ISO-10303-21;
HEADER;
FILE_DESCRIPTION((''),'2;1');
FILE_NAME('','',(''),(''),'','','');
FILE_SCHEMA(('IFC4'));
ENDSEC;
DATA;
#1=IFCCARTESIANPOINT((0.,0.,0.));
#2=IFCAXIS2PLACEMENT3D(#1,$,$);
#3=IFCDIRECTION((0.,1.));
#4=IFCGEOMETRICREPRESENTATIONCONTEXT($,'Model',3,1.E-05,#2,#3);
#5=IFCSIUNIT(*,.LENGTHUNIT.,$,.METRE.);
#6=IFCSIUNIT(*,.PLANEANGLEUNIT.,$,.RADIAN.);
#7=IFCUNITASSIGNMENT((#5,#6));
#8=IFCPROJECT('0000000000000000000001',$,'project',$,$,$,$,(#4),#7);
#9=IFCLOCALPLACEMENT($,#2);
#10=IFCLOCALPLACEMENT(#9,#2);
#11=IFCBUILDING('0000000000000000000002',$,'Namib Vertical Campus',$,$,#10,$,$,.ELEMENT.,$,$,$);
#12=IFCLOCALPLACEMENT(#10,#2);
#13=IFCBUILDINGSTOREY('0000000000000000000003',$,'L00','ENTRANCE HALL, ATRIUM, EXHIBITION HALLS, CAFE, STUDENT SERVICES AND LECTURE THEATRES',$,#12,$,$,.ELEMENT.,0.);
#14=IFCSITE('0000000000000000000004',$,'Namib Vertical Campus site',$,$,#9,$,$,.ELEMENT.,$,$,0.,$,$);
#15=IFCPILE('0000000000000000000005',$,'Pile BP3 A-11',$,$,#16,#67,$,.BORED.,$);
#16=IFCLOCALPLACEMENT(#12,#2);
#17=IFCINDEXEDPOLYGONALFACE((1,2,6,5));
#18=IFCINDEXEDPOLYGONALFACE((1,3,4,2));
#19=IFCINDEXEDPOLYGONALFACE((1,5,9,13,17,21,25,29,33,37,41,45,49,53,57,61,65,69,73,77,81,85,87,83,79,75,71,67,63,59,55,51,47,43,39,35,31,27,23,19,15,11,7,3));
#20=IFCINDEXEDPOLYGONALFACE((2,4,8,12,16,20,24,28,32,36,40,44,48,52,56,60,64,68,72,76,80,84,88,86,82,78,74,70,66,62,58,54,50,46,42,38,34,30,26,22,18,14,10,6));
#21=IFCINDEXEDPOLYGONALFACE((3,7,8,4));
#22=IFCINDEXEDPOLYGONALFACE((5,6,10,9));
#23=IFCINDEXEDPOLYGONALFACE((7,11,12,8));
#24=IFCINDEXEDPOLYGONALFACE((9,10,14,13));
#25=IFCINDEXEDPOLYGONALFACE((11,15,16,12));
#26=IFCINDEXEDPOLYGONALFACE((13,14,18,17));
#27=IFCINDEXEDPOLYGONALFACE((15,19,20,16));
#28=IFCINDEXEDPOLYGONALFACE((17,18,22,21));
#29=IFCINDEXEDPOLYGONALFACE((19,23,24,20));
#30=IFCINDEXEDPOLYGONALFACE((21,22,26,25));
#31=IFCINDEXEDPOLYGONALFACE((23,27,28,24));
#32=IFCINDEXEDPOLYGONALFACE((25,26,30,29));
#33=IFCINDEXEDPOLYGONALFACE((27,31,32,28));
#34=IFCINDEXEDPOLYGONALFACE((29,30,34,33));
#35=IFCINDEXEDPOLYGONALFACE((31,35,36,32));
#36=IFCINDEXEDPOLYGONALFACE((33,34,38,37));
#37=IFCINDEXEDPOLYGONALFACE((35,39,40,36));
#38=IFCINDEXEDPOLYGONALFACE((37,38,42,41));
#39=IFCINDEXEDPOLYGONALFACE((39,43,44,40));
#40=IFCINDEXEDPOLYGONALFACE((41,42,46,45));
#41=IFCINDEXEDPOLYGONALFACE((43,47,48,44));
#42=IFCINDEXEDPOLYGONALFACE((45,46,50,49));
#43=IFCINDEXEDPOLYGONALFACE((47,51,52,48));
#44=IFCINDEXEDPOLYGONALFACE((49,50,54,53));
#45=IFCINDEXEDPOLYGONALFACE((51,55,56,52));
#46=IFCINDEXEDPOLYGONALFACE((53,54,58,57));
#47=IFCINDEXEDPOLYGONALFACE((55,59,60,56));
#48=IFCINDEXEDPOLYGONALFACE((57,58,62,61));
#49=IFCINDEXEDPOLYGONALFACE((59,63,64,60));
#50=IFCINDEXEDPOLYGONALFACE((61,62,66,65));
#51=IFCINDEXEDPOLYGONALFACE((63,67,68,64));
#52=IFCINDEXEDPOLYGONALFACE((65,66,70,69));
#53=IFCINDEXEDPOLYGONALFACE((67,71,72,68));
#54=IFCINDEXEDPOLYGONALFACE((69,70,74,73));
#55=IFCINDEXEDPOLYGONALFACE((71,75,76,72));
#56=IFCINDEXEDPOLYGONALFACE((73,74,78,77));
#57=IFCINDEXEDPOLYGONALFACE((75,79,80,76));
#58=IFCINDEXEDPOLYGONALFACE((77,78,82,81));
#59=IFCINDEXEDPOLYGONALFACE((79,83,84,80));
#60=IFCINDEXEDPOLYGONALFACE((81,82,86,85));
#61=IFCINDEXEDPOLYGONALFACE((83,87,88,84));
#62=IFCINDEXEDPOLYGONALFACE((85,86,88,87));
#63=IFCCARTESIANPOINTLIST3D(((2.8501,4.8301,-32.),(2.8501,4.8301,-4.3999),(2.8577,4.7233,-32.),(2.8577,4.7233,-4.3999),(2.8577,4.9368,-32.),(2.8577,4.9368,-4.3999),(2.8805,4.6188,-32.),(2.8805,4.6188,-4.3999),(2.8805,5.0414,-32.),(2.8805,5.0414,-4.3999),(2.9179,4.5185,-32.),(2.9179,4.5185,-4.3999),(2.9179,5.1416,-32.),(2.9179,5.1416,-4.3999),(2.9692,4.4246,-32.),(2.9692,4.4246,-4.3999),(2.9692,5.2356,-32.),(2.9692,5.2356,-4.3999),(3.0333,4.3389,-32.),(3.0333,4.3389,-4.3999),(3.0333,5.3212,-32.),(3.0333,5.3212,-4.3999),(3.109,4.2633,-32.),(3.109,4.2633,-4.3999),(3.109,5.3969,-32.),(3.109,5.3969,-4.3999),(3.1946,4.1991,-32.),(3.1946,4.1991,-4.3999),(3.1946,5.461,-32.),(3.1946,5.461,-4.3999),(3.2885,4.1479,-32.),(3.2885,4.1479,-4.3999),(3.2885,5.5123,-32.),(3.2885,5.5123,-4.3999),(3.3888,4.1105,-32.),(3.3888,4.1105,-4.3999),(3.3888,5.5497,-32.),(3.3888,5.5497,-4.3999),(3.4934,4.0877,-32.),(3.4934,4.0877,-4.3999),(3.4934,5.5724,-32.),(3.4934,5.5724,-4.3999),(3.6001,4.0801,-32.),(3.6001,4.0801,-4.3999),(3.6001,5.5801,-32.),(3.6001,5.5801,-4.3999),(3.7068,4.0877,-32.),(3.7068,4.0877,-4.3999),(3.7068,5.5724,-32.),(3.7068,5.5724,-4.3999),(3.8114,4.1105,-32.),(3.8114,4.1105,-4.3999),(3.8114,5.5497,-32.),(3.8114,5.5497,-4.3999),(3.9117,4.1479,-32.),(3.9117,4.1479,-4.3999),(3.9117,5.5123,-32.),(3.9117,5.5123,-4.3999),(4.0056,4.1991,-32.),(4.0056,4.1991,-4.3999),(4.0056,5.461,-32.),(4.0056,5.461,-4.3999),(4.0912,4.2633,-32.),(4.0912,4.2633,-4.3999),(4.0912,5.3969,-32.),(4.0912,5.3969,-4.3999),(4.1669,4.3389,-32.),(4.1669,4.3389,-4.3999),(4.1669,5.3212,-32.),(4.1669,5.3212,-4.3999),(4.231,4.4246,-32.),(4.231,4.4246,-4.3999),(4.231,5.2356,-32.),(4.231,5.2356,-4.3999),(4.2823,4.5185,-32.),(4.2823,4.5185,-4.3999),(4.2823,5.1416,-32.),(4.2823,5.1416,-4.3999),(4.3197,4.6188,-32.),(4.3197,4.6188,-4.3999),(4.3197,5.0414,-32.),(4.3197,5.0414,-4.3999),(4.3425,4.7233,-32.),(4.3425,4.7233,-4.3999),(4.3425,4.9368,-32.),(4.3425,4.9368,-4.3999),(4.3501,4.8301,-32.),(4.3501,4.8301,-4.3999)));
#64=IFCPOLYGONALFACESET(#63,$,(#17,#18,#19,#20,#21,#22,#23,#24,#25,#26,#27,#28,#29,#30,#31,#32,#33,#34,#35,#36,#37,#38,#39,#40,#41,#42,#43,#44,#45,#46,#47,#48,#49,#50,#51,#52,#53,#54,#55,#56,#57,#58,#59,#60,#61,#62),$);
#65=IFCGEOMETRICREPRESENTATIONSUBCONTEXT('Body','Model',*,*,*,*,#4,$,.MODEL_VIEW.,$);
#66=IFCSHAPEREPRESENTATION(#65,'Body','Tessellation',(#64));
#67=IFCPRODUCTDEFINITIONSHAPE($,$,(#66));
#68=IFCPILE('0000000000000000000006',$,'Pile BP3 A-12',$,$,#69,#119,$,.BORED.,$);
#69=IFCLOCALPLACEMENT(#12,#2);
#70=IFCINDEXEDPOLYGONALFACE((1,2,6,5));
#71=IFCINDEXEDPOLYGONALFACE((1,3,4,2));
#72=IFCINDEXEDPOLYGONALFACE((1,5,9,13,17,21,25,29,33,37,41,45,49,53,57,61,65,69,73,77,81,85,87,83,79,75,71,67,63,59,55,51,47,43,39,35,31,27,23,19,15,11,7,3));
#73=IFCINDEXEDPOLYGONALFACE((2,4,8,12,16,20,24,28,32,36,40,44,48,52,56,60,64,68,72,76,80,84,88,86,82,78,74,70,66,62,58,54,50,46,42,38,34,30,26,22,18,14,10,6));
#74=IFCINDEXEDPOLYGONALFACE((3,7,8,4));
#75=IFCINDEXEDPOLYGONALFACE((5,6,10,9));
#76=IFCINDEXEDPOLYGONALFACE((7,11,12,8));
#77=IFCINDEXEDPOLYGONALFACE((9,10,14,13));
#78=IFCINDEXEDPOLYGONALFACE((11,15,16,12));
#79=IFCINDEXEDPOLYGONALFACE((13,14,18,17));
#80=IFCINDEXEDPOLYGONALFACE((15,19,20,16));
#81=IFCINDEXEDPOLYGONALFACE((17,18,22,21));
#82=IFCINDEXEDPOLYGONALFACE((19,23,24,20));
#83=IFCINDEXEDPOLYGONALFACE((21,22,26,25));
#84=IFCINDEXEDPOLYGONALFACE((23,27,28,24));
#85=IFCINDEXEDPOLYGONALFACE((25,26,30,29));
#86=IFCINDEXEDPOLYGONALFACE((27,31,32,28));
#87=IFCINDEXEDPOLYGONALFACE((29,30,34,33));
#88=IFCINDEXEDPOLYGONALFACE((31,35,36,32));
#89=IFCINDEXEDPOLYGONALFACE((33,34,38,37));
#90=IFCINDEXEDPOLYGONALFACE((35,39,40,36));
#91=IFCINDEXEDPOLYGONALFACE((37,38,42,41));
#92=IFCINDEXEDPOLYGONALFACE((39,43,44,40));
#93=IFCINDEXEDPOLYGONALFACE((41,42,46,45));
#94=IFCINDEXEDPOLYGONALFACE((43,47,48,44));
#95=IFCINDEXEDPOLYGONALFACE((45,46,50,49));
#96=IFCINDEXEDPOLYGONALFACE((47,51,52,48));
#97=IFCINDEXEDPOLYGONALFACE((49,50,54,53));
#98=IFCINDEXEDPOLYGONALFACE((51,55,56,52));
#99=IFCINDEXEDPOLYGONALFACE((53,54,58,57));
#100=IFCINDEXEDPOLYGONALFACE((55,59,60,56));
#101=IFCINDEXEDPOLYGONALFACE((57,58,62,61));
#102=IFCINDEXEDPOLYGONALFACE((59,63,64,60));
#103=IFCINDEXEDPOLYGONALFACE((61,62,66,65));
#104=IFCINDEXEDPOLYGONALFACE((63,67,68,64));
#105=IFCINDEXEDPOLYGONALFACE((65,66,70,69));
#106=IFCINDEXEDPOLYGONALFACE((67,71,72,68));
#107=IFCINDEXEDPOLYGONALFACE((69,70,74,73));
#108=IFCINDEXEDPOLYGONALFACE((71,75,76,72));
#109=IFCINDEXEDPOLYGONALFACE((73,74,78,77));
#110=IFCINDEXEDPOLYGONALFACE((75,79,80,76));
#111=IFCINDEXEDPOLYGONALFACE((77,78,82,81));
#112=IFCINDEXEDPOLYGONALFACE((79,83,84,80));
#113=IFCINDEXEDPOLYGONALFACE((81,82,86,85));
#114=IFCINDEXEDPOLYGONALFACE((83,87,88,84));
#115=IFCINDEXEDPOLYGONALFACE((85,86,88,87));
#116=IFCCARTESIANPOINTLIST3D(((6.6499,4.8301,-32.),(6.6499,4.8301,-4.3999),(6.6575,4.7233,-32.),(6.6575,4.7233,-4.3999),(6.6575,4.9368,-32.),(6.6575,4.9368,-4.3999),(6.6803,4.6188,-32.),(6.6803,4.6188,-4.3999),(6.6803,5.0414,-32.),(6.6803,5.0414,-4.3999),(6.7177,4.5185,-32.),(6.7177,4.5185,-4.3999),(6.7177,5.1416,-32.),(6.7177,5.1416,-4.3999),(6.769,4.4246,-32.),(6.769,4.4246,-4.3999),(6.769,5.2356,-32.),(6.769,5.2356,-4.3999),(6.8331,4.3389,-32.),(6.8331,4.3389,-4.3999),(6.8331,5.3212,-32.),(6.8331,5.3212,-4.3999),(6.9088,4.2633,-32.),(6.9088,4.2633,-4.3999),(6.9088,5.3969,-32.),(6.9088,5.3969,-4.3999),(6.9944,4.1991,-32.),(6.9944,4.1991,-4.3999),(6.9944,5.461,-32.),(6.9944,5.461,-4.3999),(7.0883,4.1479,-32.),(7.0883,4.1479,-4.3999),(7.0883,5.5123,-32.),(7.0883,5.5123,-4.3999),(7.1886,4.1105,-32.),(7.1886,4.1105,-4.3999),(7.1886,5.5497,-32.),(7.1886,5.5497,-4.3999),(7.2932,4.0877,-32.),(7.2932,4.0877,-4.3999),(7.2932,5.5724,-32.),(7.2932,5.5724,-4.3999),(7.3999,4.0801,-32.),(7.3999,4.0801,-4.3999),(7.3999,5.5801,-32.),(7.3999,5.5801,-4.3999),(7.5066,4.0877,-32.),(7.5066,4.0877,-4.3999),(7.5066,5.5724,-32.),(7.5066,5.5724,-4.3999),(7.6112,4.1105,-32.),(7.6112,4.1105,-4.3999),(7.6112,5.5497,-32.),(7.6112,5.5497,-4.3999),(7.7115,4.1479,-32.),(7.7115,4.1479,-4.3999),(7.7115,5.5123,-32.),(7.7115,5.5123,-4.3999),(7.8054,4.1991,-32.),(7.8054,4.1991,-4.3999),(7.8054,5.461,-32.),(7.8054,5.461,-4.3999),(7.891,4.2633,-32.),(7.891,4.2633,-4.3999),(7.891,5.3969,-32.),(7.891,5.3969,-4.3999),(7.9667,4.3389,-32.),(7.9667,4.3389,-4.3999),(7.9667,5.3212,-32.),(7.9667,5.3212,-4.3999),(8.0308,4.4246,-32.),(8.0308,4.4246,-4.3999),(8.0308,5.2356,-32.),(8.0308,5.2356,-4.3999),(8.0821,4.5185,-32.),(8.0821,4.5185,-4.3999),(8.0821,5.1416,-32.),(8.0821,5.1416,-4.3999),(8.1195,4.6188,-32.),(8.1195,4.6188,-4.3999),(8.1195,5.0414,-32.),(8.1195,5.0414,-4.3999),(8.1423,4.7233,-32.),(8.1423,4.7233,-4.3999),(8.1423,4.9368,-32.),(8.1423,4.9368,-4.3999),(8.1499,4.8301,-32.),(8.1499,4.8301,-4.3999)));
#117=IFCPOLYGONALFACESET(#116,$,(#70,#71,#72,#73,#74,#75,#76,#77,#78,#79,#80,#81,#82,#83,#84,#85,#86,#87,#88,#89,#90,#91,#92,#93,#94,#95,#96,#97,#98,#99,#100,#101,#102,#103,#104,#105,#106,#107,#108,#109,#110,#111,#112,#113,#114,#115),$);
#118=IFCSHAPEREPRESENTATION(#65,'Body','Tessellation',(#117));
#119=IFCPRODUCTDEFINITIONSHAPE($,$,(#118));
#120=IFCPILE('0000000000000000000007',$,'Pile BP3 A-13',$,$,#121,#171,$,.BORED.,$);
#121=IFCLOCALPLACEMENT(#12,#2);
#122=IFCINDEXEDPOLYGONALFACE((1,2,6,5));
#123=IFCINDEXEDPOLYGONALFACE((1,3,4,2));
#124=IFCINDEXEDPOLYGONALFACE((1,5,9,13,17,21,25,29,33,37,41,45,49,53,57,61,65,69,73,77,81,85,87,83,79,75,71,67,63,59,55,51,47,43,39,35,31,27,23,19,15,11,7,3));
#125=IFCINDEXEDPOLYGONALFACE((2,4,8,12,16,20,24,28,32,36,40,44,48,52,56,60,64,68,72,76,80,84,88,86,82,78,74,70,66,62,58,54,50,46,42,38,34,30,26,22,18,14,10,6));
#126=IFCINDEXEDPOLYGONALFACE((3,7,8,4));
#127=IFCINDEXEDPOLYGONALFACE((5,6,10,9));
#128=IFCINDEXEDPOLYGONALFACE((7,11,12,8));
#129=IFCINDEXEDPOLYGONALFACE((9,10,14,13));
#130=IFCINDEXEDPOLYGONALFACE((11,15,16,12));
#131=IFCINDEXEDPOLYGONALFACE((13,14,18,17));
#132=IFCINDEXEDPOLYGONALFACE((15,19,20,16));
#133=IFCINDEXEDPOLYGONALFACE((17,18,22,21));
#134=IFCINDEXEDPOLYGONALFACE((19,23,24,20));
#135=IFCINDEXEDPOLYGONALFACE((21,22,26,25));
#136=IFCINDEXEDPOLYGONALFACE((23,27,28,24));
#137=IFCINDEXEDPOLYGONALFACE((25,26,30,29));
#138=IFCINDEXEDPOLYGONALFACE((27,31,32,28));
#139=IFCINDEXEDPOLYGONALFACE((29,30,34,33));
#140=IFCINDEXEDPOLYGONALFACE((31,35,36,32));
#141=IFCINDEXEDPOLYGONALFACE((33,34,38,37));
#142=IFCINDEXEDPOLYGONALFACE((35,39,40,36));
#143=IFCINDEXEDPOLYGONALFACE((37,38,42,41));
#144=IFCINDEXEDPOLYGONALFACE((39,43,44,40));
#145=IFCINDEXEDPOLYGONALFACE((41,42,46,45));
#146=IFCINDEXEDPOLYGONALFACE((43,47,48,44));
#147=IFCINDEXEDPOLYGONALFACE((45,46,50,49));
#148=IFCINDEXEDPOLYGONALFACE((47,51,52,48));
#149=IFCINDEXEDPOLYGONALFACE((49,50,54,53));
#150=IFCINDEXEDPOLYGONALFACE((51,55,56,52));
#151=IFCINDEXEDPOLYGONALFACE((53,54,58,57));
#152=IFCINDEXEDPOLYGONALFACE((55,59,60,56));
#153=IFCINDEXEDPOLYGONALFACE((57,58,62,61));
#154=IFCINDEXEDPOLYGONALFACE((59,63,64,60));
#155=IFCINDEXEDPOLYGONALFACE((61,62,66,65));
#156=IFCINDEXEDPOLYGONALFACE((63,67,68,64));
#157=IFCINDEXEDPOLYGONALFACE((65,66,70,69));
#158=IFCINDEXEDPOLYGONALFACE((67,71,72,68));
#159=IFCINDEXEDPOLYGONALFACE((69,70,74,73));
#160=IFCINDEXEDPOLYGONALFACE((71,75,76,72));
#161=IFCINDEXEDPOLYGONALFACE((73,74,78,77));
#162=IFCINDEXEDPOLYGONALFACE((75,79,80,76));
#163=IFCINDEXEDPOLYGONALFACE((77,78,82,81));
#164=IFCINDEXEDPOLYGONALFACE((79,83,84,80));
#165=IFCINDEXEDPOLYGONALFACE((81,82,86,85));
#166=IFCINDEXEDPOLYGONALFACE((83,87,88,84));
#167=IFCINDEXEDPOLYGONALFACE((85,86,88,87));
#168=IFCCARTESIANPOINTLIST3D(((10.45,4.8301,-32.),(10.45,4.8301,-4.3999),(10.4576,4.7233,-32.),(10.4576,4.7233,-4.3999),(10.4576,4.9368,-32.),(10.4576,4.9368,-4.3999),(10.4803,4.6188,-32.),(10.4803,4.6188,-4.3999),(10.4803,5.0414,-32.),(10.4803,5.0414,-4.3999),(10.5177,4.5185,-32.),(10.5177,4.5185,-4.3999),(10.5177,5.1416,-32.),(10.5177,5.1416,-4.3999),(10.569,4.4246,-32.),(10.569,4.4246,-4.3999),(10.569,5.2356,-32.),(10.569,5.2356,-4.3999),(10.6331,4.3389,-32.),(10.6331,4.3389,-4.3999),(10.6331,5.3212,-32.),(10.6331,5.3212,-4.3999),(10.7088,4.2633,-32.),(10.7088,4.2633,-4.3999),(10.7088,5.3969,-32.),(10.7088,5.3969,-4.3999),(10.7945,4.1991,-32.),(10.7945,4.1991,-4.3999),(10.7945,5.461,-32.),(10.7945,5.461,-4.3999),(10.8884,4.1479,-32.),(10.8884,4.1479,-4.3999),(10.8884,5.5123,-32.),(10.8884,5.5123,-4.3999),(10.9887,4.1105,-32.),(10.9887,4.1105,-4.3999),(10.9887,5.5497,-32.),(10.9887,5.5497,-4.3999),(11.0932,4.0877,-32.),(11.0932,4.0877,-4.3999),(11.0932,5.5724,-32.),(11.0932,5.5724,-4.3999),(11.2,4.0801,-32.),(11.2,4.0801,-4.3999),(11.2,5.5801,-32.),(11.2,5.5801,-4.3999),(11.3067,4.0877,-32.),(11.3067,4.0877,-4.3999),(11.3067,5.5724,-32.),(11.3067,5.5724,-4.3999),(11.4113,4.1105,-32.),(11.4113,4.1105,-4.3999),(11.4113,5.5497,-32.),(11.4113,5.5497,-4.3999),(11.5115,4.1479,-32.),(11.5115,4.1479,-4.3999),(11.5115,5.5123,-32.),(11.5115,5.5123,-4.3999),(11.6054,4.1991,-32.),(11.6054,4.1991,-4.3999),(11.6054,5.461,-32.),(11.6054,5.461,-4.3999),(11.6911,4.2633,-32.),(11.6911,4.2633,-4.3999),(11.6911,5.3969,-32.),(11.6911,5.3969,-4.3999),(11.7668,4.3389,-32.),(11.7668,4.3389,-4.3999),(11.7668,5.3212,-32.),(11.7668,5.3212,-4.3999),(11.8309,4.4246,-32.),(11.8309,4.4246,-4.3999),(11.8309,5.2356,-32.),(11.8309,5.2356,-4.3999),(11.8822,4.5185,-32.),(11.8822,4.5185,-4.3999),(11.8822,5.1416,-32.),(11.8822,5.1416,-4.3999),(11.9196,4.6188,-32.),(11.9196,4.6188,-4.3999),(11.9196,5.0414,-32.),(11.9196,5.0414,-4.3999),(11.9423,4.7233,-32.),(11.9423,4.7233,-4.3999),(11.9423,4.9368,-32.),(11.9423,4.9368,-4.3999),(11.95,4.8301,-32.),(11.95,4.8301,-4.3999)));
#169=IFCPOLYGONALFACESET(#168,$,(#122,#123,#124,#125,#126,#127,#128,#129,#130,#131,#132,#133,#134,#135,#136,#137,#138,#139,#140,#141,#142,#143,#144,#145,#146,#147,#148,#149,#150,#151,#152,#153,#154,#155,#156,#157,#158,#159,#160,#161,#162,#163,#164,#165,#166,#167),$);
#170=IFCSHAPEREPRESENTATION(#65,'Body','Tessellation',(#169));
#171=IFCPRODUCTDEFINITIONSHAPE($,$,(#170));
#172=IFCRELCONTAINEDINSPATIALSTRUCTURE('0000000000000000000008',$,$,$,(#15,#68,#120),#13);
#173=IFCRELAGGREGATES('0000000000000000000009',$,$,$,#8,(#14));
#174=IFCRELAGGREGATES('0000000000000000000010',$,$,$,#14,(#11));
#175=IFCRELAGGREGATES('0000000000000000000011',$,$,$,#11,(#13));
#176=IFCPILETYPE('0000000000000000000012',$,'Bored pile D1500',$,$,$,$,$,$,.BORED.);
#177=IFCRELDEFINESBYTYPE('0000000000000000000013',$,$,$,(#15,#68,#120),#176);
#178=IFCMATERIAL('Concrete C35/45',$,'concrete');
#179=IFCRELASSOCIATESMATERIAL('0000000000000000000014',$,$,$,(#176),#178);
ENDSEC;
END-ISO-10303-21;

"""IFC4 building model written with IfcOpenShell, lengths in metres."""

from ifc_helpers import new_model, si_unit, direction, frame, origin, origin_2d, place, context, subcontext, project, spatial, circle, extrude, material, material_profile, profile_set, type_object, element, save


model = new_model("IFC4")

# Units and contexts
model_context = context("Model", 3, precision=1e-05, world=origin(), true_north=direction((0.0, 1.0)))
body_context = subcontext(model_context, "Body", "Model", "MODEL_VIEW")
ifc_project = project(units=[si_unit("LENGTHUNIT", "METRE"), si_unit("PLANEANGLEUNIT", "RADIAN")], contexts=[model_context])

# Site, building, storey
site_placement = place(None, origin())
site = spatial("IfcSite", under=ifc_project, at=site_placement, Name="Namib Vertical Campus site", CompositionType="ELEMENT", RefElevation=0.0)
building_placement = place(site_placement, origin())
building = spatial("IfcBuilding", under=site, at=building_placement, Name="Namib Vertical Campus", CompositionType="ELEMENT")
storey_placement = place(building_placement, origin())
storey = spatial("IfcBuildingStorey", under=building, at=storey_placement, Name="L00", Description="ENTRANCE HALL, ATRIUM, EXHIBITION HALLS, CAFE, STUDENT SERVICES AND LECTURE THEATRES", CompositionType="ELEMENT", Elevation=0.0)

# Piles
ifc_material_1 = material(Name="Concrete C35/45", Category="concrete")
ifc_material_profile_1 = material_profile(ifc_material_1, circle(Radius=0.75, at=origin_2d()))
ifc_profile_set_1 = profile_set([ifc_material_profile_1], Name="Concrete C35/45")
pile_type = type_object("IfcPileType", Name="Bored pile D1500", PredefinedType="BORED", material=ifc_profile_set_1)
for number, where, z_axis, x_axis, name in (
    (1, (3.6001, 4.8301, -4.3999), (0.0, 0.0, -1.0), (1.0, 0.0, 0.0), "Pile BP3 A-11"),
    (2, (7.3999, 4.8301, -4.3999), (0.0, 0.0, -1.0), (1.0, 0.0, 0.0), "Pile BP3 A-12"),
    (3, (11.2, 4.8301, -4.3999), (0.0, 0.0, -1.0), (1.0, 0.0, 0.0), "Pile BP3 A-13"),
):
    element("IfcPile", number, at=place(storey_placement, frame(where, z_axis=z_axis, x_axis=x_axis)), inside=storey, type_object=pile_type, Name=name, PredefinedType="BORED", context=body_context, shape_type="SweptSolid", body=[
        extrude(circle(Radius=0.75, at=origin_2d()), origin(), (0.0, 0.0, 1.0), 27.6001),
    ])

save(model, "model.ifc")
